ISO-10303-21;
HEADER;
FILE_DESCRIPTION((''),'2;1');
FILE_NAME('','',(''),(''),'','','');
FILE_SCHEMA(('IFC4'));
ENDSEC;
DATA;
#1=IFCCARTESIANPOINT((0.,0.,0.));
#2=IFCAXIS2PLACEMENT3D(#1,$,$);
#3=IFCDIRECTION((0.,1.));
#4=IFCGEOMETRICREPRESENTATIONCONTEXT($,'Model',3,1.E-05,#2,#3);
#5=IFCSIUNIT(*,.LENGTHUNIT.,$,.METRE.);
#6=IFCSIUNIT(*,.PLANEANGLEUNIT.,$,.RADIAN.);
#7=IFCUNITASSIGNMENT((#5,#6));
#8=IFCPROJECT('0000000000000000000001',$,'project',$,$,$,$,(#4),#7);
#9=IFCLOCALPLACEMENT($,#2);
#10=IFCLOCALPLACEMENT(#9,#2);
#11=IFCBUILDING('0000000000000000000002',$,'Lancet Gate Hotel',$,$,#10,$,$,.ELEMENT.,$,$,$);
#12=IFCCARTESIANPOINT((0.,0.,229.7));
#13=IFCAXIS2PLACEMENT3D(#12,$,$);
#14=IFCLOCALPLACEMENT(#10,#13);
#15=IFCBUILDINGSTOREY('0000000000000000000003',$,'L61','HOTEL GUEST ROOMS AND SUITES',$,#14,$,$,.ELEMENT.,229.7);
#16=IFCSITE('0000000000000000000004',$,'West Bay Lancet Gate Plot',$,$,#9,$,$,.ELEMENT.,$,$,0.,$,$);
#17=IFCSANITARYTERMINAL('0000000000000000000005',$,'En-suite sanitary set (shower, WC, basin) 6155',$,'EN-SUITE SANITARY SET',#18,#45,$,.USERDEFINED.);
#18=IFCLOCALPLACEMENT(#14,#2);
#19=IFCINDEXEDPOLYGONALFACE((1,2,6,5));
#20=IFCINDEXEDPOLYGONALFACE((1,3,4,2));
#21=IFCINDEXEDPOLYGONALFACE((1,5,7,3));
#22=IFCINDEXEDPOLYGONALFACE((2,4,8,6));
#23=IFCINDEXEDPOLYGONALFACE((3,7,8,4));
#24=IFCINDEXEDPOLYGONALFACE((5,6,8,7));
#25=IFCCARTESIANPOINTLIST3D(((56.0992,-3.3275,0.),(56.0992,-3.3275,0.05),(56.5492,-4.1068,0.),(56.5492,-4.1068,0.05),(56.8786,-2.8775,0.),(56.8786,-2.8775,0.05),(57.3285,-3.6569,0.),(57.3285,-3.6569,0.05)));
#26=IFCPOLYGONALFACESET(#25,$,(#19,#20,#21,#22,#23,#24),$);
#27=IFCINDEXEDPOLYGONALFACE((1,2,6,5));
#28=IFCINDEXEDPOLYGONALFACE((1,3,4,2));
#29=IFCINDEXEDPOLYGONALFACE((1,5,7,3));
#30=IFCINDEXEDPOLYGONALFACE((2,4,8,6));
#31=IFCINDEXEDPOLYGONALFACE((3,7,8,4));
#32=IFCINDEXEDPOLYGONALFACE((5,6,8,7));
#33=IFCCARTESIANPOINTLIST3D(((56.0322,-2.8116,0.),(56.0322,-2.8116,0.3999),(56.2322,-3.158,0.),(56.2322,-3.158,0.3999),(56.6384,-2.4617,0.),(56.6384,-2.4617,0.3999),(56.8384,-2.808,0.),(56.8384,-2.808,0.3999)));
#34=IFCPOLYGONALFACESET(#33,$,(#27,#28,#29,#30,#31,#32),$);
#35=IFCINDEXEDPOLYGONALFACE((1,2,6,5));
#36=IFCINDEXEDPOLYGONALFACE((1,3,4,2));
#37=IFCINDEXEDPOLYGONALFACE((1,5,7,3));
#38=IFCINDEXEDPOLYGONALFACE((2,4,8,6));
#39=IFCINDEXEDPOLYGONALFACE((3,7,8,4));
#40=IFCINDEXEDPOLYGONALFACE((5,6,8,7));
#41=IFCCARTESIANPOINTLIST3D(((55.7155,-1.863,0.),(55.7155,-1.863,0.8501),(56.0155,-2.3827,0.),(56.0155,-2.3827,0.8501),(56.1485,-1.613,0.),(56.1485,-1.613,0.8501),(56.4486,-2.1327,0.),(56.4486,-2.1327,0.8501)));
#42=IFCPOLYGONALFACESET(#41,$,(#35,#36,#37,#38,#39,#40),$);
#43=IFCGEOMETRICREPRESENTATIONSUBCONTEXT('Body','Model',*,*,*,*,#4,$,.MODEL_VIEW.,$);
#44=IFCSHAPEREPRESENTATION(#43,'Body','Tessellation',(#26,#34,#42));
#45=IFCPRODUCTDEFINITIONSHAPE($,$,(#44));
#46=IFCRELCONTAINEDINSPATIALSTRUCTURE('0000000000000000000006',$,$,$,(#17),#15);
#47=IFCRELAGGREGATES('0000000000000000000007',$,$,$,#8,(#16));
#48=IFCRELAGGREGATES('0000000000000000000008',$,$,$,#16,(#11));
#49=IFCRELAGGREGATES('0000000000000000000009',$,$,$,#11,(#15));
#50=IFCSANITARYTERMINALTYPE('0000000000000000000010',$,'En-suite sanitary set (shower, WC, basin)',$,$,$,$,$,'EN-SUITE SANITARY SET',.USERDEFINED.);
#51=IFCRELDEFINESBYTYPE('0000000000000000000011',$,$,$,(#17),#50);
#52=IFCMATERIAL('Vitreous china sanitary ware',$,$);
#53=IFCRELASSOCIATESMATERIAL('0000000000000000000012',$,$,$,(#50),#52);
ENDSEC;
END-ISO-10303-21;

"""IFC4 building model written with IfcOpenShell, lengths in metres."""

from ifc_helpers import new_model, si_unit, direction, frame, origin, origin_2d, place, context, subcontext, project, spatial, rectangle, extrude, material, type_object, element, save


model = new_model("IFC4")

# Units and contexts
model_context = context("Model", 3, precision=1e-05, world=origin(), true_north=direction((0.0, 1.0)))
body_context = subcontext(model_context, "Body", "Model", "MODEL_VIEW")
ifc_project = project(units=[si_unit("LENGTHUNIT", "METRE"), si_unit("PLANEANGLEUNIT", "RADIAN")], contexts=[model_context])

# Site, building, storey
site_placement = place(None, origin())
site = spatial("IfcSite", under=ifc_project, at=site_placement, Name="West Bay Lancet Gate Plot", CompositionType="ELEMENT", RefElevation=0.0)
building_placement = place(site_placement, origin())
building = spatial("IfcBuilding", under=site, at=building_placement, Name="Lancet Gate Hotel", CompositionType="ELEMENT")
storey_placement = place(building_placement, frame((0.0, 0.0, 229.7)))
storey = spatial("IfcBuildingStorey", under=building, at=storey_placement, Name="L61", Description="HOTEL GUEST ROOMS AND SUITES", CompositionType="ELEMENT", Elevation=229.7)

# Sanitary terminal
ifc_material_1 = material(Name="Vitreous china sanitary ware")
sanitary_terminal_type = type_object("IfcSanitaryTerminalType", Name="En-suite sanitary set (shower, WC, basin)", ElementType="EN-SUITE SANITARY SET", PredefinedType="USERDEFINED", material=ifc_material_1)
sanitary_terminal_placement = place(storey_placement, frame((56.7139, -3.4922, 0.0), z_axis=(0.0, 0.0, 1.0), x_axis=(1.0, 0.0, 0.0)))
element("IfcSanitaryTerminal", 1, at=sanitary_terminal_placement, inside=storey, type_object=sanitary_terminal_type, Name="En-suite sanitary set (shower, WC, basin) 6155", ObjectType="EN-SUITE SANITARY SET", PredefinedType="USERDEFINED", context=body_context, shape_type="SweptSolid", body=[
    extrude(rectangle(XDim=0.8999, YDim=0.8999, at=origin_2d()), frame((0.0, 0.0, 0.0), z_axis=(0.0, 0.0, 1.0), x_axis=(0.5, -0.866025, 0.0)), (0.0, 0.0, 1.0), 0.05),
    extrude(rectangle(XDim=0.3999, YDim=0.7, at=origin_2d()), frame((-0.2786, 0.6824, 0.0), z_axis=(0.0, 0.0, 1.0), x_axis=(0.5, -0.866025, 0.0)), (0.0, 0.0, 1.0), 0.3999),
    extrude(rectangle(XDim=0.6001, YDim=0.5, at=origin_2d()), frame((-0.6318, 1.4944, 0.0), z_axis=(0.0, 0.0, 1.0), x_axis=(0.5, -0.866025, 0.0)), (0.0, 0.0, 1.0), 0.8501),
])

save(model, "model.ifc")
